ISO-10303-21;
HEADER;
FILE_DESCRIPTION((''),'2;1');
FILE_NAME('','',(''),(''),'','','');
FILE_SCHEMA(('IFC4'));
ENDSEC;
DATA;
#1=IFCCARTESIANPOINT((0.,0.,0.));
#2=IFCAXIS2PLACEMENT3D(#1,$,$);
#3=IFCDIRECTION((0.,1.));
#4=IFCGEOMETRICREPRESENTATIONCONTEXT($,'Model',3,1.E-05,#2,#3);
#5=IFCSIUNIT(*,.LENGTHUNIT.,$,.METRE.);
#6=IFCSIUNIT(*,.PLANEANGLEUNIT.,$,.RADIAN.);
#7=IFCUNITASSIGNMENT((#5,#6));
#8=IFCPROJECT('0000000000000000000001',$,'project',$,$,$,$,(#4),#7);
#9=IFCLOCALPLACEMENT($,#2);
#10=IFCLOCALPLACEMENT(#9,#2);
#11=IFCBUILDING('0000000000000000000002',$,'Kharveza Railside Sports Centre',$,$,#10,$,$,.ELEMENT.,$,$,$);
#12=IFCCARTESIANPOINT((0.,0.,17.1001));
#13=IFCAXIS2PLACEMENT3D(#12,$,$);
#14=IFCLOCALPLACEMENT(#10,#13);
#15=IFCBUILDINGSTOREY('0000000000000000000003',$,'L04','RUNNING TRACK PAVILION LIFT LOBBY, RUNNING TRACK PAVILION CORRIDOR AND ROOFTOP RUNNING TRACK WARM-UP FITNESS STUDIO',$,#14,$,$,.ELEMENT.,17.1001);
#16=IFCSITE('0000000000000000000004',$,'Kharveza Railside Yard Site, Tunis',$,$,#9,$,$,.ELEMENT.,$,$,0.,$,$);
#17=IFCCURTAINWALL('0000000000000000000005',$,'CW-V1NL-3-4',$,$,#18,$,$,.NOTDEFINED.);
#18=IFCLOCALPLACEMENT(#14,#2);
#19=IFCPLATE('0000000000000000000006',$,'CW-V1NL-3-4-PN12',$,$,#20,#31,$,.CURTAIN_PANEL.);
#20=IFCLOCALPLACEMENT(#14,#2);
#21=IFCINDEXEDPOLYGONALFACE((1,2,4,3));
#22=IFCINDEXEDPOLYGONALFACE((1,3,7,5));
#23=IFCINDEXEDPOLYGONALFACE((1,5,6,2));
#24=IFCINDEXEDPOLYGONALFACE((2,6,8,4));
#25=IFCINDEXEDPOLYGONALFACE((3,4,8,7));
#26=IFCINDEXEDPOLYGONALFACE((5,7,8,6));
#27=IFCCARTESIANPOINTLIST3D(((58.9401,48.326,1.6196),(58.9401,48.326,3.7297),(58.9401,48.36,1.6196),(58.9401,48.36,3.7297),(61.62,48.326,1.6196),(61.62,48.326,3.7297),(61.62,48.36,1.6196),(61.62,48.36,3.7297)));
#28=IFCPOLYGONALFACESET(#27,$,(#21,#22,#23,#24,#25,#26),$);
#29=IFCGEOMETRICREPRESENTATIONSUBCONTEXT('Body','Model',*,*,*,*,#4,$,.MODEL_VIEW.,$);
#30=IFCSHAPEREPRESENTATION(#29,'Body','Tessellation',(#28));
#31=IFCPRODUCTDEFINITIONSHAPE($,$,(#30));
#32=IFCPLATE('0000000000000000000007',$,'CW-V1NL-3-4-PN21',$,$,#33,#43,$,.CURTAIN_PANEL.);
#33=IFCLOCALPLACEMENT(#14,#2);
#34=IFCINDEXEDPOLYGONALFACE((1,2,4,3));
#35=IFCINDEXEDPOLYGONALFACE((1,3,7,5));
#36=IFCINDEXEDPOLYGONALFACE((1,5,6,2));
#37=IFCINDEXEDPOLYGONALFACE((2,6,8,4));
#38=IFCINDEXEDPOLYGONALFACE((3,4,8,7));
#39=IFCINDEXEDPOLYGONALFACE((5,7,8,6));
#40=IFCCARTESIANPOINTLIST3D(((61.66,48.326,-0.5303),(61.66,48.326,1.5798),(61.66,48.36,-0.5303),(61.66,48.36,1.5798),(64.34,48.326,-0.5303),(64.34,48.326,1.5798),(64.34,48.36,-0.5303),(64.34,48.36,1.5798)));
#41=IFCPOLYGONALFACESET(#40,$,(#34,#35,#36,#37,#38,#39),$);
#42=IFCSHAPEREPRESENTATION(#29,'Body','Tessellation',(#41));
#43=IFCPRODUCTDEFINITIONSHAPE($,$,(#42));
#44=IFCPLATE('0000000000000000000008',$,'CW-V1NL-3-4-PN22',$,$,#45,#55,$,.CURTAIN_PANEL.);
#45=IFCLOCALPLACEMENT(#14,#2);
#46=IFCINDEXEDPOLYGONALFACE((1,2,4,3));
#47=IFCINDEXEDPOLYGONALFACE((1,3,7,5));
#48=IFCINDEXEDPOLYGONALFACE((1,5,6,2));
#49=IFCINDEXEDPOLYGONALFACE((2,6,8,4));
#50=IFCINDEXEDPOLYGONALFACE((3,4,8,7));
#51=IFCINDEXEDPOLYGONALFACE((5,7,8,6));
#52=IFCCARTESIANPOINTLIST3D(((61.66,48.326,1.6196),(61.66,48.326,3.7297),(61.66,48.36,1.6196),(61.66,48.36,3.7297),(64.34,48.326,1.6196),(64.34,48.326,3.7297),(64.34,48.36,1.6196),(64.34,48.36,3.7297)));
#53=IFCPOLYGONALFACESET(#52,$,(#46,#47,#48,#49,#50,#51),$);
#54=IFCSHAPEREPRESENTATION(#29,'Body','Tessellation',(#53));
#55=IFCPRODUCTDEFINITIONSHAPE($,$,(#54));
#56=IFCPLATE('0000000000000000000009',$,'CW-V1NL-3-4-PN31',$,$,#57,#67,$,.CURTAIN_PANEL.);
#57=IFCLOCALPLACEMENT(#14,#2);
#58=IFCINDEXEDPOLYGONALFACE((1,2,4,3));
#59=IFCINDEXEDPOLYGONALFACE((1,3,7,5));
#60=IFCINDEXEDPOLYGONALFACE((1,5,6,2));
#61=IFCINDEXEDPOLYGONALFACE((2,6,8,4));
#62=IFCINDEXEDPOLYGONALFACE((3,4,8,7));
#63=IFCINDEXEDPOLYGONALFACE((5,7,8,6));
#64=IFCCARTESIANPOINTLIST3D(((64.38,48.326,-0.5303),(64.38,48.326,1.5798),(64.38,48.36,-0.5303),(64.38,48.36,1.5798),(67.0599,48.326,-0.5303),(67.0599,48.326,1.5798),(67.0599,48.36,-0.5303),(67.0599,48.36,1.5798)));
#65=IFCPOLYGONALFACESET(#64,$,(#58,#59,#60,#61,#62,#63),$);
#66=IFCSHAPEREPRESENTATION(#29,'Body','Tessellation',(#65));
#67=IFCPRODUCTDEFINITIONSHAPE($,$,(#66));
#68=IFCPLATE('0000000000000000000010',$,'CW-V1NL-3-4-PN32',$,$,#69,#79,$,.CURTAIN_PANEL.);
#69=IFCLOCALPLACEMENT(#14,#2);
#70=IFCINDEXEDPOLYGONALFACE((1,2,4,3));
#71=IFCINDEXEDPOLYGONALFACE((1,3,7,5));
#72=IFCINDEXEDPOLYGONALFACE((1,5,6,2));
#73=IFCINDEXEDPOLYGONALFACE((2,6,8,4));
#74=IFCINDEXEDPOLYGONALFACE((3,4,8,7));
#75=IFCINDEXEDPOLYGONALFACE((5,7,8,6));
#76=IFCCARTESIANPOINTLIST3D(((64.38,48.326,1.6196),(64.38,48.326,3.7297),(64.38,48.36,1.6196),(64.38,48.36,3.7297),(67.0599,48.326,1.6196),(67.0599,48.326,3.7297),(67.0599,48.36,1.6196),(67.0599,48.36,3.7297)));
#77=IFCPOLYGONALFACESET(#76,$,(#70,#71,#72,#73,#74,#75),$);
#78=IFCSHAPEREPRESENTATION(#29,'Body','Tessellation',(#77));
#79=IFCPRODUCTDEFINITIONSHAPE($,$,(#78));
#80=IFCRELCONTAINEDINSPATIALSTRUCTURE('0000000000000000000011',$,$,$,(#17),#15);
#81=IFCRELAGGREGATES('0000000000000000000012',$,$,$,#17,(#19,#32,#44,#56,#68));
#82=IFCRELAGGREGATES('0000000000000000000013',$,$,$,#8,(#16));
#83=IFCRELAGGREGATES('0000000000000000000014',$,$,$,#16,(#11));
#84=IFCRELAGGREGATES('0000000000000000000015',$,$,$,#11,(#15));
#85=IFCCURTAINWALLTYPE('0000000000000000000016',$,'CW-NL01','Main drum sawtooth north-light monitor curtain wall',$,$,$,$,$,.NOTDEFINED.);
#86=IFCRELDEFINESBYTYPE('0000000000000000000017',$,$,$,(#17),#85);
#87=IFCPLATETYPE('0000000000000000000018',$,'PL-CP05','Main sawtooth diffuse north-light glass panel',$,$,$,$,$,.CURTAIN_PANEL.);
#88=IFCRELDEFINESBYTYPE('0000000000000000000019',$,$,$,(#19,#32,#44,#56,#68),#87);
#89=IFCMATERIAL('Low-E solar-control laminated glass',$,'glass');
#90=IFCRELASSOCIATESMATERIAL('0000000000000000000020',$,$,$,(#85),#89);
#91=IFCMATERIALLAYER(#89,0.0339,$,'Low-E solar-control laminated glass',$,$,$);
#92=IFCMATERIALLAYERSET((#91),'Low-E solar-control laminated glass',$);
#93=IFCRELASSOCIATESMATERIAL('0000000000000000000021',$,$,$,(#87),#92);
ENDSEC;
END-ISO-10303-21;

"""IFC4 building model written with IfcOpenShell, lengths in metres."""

from ifc_helpers import new_model, si_unit, direction, frame, origin, origin_2d, place, context, subcontext, project, spatial, rectangle, extrude, material, layer, layer_set, type_object, element, aggregate, save


model = new_model("IFC4")

# Units and contexts
model_context = context("Model", 3, precision=1e-05, world=origin(), true_north=direction((0.0, 1.0)))
body_context = subcontext(model_context, "Body", "Model", "MODEL_VIEW")
ifc_project = project(units=[si_unit("LENGTHUNIT", "METRE"), si_unit("PLANEANGLEUNIT", "RADIAN")], contexts=[model_context])

# Site, building, storey
site_placement = place(None, origin())
site = spatial("IfcSite", under=ifc_project, at=site_placement, Name="Kharveza Railside Yard Site, Tunis", CompositionType="ELEMENT", RefElevation=0.0)
building_placement = place(site_placement, origin())
building = spatial("IfcBuilding", under=site, at=building_placement, Name="Kharveza Railside Sports Centre", CompositionType="ELEMENT")
storey_placement = place(building_placement, frame((0.0, 0.0, 17.1001)))
storey = spatial("IfcBuildingStorey", under=building, at=storey_placement, Name="L04", Description="RUNNING TRACK PAVILION LIFT LOBBY, RUNNING TRACK PAVILION CORRIDOR AND ROOFTOP RUNNING TRACK WARM-UP FITNESS STUDIO", CompositionType="ELEMENT", Elevation=17.1001)

# Curtain wall
ifc_material_1 = material(Name="Low-E solar-control laminated glass", Category="glass")
curtain_wall_type = type_object("IfcCurtainWallType", Name="CW-NL01", Description="Main drum sawtooth north-light monitor curtain wall", PredefinedType="NOTDEFINED", material=ifc_material_1)
curtain_wall_1_placement = place(storey_placement, origin())
curtain_wall_1 = element("IfcCurtainWall", 1, at=curtain_wall_1_placement, inside=storey, type_object=curtain_wall_type, Name="CW-V1NL-3-4", PredefinedType="NOTDEFINED")

# Plates
ifc_layer = layer(ifc_material_1, 0.0339, Name="Low-E solar-control laminated glass")
ifc_layer_set = layer_set([ifc_layer], Name="Low-E solar-control laminated glass")
plate_type = type_object("IfcPlateType", Name="PL-CP05", Description="Main sawtooth diffuse north-light glass panel", PredefinedType="CURTAIN_PANEL", material=ifc_layer_set)
plate_1_placement = place(storey_placement, frame((60.28, 48.343, 1.6196), z_axis=(0.0, 0.0, 1.0), x_axis=(1.0, 0.0, 0.0)))
plate_1 = element("IfcPlate", 2, at=plate_1_placement, type_object=plate_type, Name="CW-V1NL-3-4-PN12", PredefinedType="CURTAIN_PANEL", context=body_context, shape_type="SweptSolid", body=[
    extrude(rectangle(XDim=2.6799, YDim=0.0339, at=origin_2d()), origin(), (0.0, 0.0, 1.0), 2.1101),
])
plate_2_placement = place(storey_placement, frame((63.0, 48.343, -0.5303), z_axis=(0.0, 0.0, 1.0), x_axis=(1.0, 0.0, 0.0)))
plate_2 = element("IfcPlate", 3, at=plate_2_placement, type_object=plate_type, Name="CW-V1NL-3-4-PN21", PredefinedType="CURTAIN_PANEL", context=body_context, shape_type="SweptSolid", body=[
    extrude(rectangle(XDim=2.6799, YDim=0.0339, at=origin_2d()), origin(), (0.0, 0.0, 1.0), 2.1101),
])
plate_3_placement = place(storey_placement, frame((63.0, 48.343, 1.6196), z_axis=(0.0, 0.0, 1.0), x_axis=(1.0, 0.0, 0.0)))
plate_3 = element("IfcPlate", 4, at=plate_3_placement, type_object=plate_type, Name="CW-V1NL-3-4-PN22", PredefinedType="CURTAIN_PANEL", context=body_context, shape_type="SweptSolid", body=[
    extrude(rectangle(XDim=2.6799, YDim=0.0339, at=origin_2d()), origin(), (0.0, 0.0, 1.0), 2.1101),
])
plate_4_placement = place(storey_placement, frame((65.72, 48.343, -0.5303), z_axis=(0.0, 0.0, 1.0), x_axis=(1.0, 0.0, 0.0)))
plate_4 = element("IfcPlate", 5, at=plate_4_placement, type_object=plate_type, Name="CW-V1NL-3-4-PN31", PredefinedType="CURTAIN_PANEL", context=body_context, shape_type="SweptSolid", body=[
    extrude(rectangle(XDim=2.6799, YDim=0.0339, at=origin_2d()), origin(), (0.0, 0.0, 1.0), 2.1101),
])
plate_5_placement = place(storey_placement, frame((65.72, 48.343, 1.6196), z_axis=(0.0, 0.0, 1.0), x_axis=(1.0, 0.0, 0.0)))
plate_5 = element("IfcPlate", 6, at=plate_5_placement, type_object=plate_type, Name="CW-V1NL-3-4-PN32", PredefinedType="CURTAIN_PANEL", context=body_context, shape_type="SweptSolid", body=[
    extrude(rectangle(XDim=2.6799, YDim=0.0339, at=origin_2d()), origin(), (0.0, 0.0, 1.0), 2.1101),
])
aggregate(curtain_wall_1, [plate_1, plate_2, plate_3, plate_4, plate_5])

save(model, "model.ifc")
